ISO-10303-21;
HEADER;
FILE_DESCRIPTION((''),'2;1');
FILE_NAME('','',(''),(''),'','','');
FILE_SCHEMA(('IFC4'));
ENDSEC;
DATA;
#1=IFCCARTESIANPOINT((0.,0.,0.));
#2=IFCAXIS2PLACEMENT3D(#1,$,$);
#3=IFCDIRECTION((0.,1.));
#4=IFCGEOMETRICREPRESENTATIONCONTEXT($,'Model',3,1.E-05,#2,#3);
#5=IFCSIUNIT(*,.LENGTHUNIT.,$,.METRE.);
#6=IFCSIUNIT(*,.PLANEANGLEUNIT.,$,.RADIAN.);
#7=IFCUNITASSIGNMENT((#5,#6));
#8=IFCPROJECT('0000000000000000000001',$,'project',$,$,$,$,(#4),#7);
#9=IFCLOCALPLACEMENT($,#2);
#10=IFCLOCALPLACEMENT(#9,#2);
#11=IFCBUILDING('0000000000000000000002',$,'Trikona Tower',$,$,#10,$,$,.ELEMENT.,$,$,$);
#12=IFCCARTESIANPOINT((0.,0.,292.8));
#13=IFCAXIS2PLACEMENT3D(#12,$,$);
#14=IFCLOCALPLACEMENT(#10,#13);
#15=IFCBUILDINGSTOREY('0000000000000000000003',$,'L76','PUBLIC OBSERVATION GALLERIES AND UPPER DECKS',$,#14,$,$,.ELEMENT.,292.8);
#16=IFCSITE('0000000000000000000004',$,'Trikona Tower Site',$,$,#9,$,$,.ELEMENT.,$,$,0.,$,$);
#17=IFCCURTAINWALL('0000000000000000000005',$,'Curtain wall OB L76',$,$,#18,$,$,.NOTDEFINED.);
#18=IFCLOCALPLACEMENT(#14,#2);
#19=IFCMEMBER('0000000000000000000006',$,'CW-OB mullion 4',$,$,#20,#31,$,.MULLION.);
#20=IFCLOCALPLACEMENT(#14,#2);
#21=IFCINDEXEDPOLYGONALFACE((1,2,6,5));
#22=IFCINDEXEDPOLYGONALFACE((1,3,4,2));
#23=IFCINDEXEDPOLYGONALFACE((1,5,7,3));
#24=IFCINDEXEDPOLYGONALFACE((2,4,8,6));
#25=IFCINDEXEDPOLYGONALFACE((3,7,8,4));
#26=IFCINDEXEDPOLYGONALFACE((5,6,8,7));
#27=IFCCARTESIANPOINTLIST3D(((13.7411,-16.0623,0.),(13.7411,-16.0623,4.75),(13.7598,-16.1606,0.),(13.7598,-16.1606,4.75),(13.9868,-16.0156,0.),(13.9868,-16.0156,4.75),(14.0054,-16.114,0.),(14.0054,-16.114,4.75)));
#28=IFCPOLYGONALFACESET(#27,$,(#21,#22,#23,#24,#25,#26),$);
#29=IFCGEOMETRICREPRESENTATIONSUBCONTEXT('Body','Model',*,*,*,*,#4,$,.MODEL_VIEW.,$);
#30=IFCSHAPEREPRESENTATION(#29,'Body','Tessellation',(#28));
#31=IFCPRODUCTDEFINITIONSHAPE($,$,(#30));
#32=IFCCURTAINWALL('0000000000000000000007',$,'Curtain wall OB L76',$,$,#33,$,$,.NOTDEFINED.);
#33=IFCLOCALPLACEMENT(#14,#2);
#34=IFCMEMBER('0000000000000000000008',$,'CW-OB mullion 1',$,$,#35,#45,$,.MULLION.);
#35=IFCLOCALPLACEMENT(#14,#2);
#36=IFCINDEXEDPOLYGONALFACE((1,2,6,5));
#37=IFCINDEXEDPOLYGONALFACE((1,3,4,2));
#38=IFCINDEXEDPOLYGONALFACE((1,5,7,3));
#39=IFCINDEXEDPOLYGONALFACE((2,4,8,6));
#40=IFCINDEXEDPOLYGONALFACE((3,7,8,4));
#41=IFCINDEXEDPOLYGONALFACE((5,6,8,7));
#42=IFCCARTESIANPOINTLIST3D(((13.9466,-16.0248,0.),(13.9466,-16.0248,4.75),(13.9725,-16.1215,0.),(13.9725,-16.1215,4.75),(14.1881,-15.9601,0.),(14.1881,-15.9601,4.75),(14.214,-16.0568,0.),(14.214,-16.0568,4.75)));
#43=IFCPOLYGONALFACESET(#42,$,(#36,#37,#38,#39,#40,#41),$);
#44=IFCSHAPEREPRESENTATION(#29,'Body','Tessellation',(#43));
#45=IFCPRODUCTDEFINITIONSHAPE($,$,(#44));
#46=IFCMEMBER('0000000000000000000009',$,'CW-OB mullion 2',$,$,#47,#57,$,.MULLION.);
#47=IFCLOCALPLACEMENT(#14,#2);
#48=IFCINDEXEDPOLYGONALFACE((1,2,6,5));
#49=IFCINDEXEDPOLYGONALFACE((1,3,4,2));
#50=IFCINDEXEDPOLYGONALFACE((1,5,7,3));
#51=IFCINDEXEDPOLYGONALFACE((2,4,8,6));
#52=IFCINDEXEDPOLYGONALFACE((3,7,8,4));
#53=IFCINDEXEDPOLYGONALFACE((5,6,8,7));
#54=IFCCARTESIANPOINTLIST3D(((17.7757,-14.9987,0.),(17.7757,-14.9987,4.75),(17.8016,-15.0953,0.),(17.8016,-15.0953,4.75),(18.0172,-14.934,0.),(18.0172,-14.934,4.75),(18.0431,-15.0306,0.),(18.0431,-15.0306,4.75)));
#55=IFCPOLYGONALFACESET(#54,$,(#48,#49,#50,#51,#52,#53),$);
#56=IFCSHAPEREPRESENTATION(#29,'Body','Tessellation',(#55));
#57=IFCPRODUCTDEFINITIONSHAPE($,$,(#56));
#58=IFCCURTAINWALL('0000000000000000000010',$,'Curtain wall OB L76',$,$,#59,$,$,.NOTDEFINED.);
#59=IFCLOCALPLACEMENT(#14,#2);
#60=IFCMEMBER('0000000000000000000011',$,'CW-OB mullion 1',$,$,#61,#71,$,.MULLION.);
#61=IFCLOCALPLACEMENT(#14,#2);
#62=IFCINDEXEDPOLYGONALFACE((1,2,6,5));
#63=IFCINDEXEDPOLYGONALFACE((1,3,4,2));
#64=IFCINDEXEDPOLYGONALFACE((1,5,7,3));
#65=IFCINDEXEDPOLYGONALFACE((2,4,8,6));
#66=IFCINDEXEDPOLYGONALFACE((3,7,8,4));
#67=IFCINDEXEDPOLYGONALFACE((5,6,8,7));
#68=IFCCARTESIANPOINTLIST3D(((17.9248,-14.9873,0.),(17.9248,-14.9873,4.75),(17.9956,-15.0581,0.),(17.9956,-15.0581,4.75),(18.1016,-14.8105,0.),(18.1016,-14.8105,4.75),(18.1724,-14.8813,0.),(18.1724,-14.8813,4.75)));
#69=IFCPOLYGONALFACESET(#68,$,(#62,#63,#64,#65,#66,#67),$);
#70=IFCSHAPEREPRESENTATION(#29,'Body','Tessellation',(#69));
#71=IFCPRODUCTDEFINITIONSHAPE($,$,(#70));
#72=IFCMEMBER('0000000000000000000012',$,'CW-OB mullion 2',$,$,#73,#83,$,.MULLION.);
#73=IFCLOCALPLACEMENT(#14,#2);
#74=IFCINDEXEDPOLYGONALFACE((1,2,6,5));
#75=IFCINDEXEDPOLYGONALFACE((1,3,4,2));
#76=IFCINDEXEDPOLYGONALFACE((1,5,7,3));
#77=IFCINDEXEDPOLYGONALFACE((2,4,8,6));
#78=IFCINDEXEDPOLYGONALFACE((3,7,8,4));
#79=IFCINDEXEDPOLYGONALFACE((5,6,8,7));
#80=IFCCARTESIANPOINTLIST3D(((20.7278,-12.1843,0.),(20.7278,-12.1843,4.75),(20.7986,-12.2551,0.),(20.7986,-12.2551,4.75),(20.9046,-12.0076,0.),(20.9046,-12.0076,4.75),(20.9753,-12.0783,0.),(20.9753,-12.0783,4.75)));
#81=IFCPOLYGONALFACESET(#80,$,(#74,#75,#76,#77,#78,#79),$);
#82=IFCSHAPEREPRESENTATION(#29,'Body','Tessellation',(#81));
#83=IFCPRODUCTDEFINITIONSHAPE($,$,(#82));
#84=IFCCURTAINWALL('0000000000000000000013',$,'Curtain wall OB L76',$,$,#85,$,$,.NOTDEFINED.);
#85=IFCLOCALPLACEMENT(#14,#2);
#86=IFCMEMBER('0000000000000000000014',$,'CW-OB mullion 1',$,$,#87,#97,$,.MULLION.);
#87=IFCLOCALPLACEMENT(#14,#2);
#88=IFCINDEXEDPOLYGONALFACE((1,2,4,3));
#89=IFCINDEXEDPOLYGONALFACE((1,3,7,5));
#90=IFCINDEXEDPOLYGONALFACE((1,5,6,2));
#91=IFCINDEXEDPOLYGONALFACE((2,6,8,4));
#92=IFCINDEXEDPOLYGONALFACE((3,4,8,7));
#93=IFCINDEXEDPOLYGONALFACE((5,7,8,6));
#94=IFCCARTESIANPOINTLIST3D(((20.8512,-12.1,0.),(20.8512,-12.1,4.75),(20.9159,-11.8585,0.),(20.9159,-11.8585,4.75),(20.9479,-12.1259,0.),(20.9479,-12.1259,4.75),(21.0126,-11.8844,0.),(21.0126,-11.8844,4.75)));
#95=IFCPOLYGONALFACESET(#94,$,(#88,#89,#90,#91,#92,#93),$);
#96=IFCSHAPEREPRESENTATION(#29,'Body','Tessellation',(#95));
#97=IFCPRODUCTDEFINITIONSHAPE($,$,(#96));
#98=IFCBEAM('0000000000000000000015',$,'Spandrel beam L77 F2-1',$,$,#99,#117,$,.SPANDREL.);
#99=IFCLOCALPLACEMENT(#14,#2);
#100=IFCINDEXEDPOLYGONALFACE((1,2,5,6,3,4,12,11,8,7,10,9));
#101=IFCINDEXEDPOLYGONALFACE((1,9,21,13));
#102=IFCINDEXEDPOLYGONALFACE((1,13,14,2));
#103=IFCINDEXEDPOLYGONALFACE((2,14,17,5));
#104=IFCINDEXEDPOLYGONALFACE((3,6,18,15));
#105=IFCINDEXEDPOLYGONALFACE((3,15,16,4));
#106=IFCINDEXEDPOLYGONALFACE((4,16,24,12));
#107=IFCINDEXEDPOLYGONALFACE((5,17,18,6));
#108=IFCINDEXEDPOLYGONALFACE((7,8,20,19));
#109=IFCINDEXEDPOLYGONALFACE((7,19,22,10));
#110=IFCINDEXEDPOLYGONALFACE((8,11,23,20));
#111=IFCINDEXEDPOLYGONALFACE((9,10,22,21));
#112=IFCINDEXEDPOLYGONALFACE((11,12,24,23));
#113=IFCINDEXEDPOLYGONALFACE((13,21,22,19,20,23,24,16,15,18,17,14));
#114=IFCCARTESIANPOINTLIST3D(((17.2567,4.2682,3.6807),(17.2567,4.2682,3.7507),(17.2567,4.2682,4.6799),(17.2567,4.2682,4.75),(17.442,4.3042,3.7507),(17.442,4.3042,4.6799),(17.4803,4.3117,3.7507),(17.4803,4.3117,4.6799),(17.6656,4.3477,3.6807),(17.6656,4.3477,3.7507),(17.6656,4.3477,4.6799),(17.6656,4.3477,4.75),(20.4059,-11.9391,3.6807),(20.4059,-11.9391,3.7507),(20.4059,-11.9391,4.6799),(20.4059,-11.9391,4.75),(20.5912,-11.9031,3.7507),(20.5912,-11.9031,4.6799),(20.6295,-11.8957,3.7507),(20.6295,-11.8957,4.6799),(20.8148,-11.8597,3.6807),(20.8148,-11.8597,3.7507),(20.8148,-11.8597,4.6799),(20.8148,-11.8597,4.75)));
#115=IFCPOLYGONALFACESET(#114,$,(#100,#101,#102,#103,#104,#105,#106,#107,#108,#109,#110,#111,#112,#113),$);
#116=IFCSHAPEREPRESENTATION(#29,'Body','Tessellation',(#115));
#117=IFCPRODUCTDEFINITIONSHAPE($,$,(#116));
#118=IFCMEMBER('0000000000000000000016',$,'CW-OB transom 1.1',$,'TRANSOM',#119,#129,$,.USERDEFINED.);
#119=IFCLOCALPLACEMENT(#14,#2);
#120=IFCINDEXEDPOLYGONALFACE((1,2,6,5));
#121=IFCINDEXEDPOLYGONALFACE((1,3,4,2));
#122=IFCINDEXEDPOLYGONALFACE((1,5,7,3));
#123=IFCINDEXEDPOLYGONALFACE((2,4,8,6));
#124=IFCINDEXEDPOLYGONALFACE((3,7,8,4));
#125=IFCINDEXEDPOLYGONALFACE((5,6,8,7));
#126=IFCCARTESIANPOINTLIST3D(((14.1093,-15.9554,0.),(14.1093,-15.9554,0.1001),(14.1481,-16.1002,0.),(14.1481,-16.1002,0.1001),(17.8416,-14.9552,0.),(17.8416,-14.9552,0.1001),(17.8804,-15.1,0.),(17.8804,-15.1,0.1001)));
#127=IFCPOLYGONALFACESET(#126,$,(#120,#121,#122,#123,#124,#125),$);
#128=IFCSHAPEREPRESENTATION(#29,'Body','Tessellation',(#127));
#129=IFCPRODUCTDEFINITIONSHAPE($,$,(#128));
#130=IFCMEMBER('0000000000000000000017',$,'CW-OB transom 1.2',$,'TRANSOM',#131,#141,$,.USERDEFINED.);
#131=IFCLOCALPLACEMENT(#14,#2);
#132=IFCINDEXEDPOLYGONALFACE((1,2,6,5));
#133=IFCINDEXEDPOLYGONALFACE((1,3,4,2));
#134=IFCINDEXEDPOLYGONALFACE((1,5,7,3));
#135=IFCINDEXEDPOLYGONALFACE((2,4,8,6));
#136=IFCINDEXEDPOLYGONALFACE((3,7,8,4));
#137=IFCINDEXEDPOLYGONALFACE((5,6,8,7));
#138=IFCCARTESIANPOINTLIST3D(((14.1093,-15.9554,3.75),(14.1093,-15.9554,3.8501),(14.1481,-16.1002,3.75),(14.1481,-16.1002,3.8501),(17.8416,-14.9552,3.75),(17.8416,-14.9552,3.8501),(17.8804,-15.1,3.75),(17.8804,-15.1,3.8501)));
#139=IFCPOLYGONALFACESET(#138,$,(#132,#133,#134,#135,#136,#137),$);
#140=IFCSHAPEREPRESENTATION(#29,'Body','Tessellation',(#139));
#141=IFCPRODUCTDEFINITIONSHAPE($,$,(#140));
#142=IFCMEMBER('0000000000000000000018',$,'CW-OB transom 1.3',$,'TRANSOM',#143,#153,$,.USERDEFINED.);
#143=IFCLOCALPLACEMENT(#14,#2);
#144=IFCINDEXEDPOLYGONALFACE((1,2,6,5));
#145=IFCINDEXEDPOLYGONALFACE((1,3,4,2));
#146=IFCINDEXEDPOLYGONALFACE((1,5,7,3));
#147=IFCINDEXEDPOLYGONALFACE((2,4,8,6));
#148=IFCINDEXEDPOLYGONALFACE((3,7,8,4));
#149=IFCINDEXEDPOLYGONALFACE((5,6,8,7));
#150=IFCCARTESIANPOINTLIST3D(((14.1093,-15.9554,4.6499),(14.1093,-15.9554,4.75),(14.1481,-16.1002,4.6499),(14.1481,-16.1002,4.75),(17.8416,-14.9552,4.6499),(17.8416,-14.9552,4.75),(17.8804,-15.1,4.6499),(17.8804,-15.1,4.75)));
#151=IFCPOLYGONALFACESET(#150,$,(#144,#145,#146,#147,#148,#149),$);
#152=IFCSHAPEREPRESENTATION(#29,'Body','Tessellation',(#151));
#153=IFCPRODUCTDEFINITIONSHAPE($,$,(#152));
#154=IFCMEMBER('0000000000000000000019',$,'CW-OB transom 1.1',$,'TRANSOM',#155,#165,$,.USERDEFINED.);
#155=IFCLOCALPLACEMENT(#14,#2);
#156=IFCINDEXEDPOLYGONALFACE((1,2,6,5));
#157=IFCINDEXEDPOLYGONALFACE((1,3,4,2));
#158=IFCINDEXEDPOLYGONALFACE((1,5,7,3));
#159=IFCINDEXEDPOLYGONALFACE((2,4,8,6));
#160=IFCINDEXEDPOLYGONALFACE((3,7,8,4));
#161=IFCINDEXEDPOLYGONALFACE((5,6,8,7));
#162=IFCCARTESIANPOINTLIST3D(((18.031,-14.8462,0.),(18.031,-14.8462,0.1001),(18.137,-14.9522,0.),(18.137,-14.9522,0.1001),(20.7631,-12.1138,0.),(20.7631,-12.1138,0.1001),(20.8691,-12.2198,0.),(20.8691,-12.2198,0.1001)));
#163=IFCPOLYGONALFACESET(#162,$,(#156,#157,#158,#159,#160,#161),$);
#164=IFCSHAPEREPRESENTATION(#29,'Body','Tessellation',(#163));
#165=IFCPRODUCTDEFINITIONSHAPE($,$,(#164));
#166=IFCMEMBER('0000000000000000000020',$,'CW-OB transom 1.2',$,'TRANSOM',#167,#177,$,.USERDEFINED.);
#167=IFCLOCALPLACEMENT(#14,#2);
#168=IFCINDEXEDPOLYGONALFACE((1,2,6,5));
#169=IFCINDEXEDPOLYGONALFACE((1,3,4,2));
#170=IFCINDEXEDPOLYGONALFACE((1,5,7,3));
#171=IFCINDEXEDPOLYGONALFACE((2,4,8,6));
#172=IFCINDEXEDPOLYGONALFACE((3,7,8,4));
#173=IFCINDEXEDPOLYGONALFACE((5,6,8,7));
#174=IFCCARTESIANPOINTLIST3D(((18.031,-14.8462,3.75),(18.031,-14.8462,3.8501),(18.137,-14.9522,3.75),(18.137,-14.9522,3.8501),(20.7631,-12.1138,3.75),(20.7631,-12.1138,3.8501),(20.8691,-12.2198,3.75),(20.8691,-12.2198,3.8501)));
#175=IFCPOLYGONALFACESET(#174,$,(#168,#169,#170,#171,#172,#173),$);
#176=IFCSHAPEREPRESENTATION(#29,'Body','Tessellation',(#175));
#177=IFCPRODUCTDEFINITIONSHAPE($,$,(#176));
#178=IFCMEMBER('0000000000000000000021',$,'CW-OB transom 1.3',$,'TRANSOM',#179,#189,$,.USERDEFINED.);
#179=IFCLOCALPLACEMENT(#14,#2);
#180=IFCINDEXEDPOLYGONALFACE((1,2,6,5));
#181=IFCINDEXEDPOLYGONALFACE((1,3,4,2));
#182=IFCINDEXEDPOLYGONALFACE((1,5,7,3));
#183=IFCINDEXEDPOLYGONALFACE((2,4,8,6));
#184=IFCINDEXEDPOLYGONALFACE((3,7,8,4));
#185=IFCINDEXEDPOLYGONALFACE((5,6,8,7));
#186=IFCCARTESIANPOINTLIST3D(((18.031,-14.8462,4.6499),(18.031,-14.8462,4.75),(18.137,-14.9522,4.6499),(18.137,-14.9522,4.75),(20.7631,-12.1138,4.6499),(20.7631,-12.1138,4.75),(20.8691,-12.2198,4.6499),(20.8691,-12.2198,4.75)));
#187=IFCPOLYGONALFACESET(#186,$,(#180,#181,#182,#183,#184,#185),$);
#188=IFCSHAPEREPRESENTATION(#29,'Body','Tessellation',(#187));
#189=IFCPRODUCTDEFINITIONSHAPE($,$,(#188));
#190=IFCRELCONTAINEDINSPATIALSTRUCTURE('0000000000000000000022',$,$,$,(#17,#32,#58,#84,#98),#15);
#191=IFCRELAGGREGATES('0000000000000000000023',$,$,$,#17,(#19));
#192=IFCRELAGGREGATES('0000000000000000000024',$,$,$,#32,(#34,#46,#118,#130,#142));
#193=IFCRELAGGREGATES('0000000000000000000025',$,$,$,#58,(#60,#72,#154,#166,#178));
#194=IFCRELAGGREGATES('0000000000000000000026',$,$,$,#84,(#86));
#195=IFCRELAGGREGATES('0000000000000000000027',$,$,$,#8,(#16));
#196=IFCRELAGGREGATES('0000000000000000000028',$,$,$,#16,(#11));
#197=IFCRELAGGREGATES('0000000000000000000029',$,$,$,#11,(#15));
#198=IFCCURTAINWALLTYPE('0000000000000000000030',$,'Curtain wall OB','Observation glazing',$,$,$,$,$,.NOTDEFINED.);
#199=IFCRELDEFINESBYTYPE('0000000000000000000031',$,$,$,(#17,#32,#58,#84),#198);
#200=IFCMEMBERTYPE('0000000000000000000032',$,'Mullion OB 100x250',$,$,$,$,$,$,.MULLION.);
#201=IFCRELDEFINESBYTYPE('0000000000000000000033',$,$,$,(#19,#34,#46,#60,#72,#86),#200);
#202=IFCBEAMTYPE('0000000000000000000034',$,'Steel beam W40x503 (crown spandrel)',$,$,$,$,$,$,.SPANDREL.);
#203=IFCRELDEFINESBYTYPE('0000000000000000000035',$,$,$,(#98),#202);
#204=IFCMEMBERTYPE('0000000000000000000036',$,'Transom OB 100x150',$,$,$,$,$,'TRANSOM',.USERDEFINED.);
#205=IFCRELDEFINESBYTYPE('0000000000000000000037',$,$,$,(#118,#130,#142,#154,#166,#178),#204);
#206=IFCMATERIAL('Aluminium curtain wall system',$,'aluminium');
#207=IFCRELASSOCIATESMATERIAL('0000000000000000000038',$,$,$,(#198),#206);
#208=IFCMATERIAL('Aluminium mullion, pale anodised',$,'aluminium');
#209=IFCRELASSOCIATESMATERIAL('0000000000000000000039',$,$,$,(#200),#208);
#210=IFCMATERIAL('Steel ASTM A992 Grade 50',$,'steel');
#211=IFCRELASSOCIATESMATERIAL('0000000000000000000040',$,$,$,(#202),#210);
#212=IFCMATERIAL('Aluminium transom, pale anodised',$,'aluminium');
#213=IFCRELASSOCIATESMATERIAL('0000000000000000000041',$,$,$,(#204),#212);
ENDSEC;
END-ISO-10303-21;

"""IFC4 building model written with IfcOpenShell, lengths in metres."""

from ifc_helpers import new_model, si_unit, direction, frame, origin, origin_2d, place, context, subcontext, project, spatial, rectangle, i_section, extrude, material, material_profile, profile_set, type_object, element, aggregate, save


model = new_model("IFC4")

# Units and contexts
model_context = context("Model", 3, precision=1e-05, world=origin(), true_north=direction((0.0, 1.0)))
body_context = subcontext(model_context, "Body", "Model", "MODEL_VIEW")
ifc_project = project(units=[si_unit("LENGTHUNIT", "METRE"), si_unit("PLANEANGLEUNIT", "RADIAN")], contexts=[model_context])

# Site, building, storey
site_placement = place(None, origin())
site = spatial("IfcSite", under=ifc_project, at=site_placement, Name="Trikona Tower Site", CompositionType="ELEMENT", RefElevation=0.0)
building_placement = place(site_placement, origin())
building = spatial("IfcBuilding", under=site, at=building_placement, Name="Trikona Tower", CompositionType="ELEMENT")
storey_placement = place(building_placement, frame((0.0, 0.0, 292.8)))
storey = spatial("IfcBuildingStorey", under=building, at=storey_placement, Name="L76", Description="PUBLIC OBSERVATION GALLERIES AND UPPER DECKS", CompositionType="ELEMENT", Elevation=292.8)

# Curtain wall, member
ifc_material_1 = material(Name="Aluminium curtain wall system", Category="aluminium")
curtain_wall_type = type_object("IfcCurtainWallType", Name="Curtain wall OB", Description="Observation glazing", PredefinedType="NOTDEFINED", material=ifc_material_1)
curtain_wall_1_placement = place(storey_placement, origin())
curtain_wall_1 = element("IfcCurtainWall", 1, at=curtain_wall_1_placement, inside=storey, type_object=curtain_wall_type, Name="Curtain wall OB L76", PredefinedType="NOTDEFINED")
ifc_material_2 = material(Name="Aluminium mullion, pale anodised", Category="aluminium")
ifc_material_profile_1 = material_profile(ifc_material_2, rectangle(XDim=0.1001, YDim=0.25, at=origin_2d()), Name="MUL-OB")
ifc_profile_set_1 = profile_set([ifc_material_profile_1], Name="Aluminium mullion, pale anodised")
member_type_1 = type_object("IfcMemberType", Name="Mullion OB 100x250", PredefinedType="MULLION", material=ifc_profile_set_1)
member_1_placement = place(storey_placement, frame((13.8733, -16.0881, 0.0), z_axis=(0.0, 0.0, 1.0), x_axis=(-0.186661, 0.982424, 0.0)))
member_1 = element("IfcMember", 2, at=member_1_placement, type_object=member_type_1, Name="CW-OB mullion 4", PredefinedType="MULLION", context=body_context, shape_type="SweptSolid", body=[
    extrude(rectangle(XDim=0.1001, YDim=0.25, at=origin_2d()), origin(), (0.0, 0.0, 1.0), 4.75),
])
aggregate(curtain_wall_1, [member_1])

# Curtain walls, members
curtain_wall_2_placement = place(storey_placement, origin())
curtain_wall_2 = element("IfcCurtainWall", 3, at=curtain_wall_2_placement, inside=storey, type_object=curtain_wall_type, Name="Curtain wall OB L76", PredefinedType="NOTDEFINED")
member_2_placement = place(storey_placement, frame((14.0803, -16.0408, 0.0), z_axis=(0.0, 0.0, 1.0), x_axis=(-0.258828, 0.965923, 0.0)))
member_2 = element("IfcMember", 4, at=member_2_placement, type_object=member_type_1, Name="CW-OB mullion 1", PredefinedType="MULLION", context=body_context, shape_type="SweptSolid", body=[
    extrude(rectangle(XDim=0.1001, YDim=0.25, at=origin_2d()), origin(), (0.0, 0.0, 1.0), 4.75),
])
member_3_placement = place(storey_placement, frame((17.9094, -15.0146, 0.0), z_axis=(0.0, 0.0, 1.0), x_axis=(-0.258828, 0.965923, 0.0)))
member_3 = element("IfcMember", 5, at=member_3_placement, type_object=member_type_1, Name="CW-OB mullion 2", PredefinedType="MULLION", context=body_context, shape_type="SweptSolid", body=[
    extrude(rectangle(XDim=0.1001, YDim=0.25, at=origin_2d()), origin(), (0.0, 0.0, 1.0), 4.75),
])
curtain_wall_3_placement = place(storey_placement, origin())
curtain_wall_3 = element("IfcCurtainWall", 6, at=curtain_wall_3_placement, inside=storey, type_object=curtain_wall_type, Name="Curtain wall OB L76", PredefinedType="NOTDEFINED")
member_4_placement = place(storey_placement, frame((18.0486, -14.9343, 0.0), z_axis=(0.0, 0.0, 1.0), x_axis=(-0.707107, 0.707107, 0.0)))
member_4 = element("IfcMember", 7, at=member_4_placement, type_object=member_type_1, Name="CW-OB mullion 1", PredefinedType="MULLION", context=body_context, shape_type="SweptSolid", body=[
    extrude(rectangle(XDim=0.1001, YDim=0.25, at=origin_2d()), origin(), (0.0, 0.0, 1.0), 4.75),
])
member_5_placement = place(storey_placement, frame((20.8516, -12.1313, 0.0), z_axis=(0.0, 0.0, 1.0), x_axis=(-0.707107, 0.707107, 0.0)))
member_5 = element("IfcMember", 8, at=member_5_placement, type_object=member_type_1, Name="CW-OB mullion 2", PredefinedType="MULLION", context=body_context, shape_type="SweptSolid", body=[
    extrude(rectangle(XDim=0.1001, YDim=0.25, at=origin_2d()), origin(), (0.0, 0.0, 1.0), 4.75),
])

# Curtain wall, member
curtain_wall_4_placement = place(storey_placement, origin())
curtain_wall_4 = element("IfcCurtainWall", 9, at=curtain_wall_4_placement, inside=storey, type_object=curtain_wall_type, Name="Curtain wall OB L76", PredefinedType="NOTDEFINED")
member_6_placement = place(storey_placement, frame((20.9319, -11.9922, 0.0), z_axis=(0.0, 0.0, 1.0), x_axis=(-0.965923, 0.258828, 0.0)))
member_6 = element("IfcMember", 10, at=member_6_placement, type_object=member_type_1, Name="CW-OB mullion 1", PredefinedType="MULLION", context=body_context, shape_type="SweptSolid", body=[
    extrude(rectangle(XDim=0.1001, YDim=0.25, at=origin_2d()), origin(), (0.0, 0.0, 1.0), 4.75),
])

# Beam
ifc_material_3 = material(Name="Steel ASTM A992 Grade 50", Category="steel")
ifc_material_profile_2 = material_profile(ifc_material_3, i_section(OverallWidth=0.4165, OverallDepth=1.0693, WebThickness=0.0391, FlangeThickness=0.0701, at=origin_2d()), Name="W40X503")
ifc_profile_set_2 = profile_set([ifc_material_profile_2], Name="Steel ASTM A992 Grade 50")
beam_type = type_object("IfcBeamType", Name="Steel beam W40x503 (crown spandrel)", PredefinedType="SPANDREL", material=ifc_profile_set_2)
beam_placement = place(storey_placement, frame((20.6104, -11.8994, 4.2153), z_axis=(-0.190739, 0.981641, 0.0), x_axis=(-0.981641, -0.190739, 0.0)))
element("IfcBeam", 11, at=beam_placement, inside=storey, type_object=beam_type, Name="Spandrel beam L77 F2-1", PredefinedType="SPANDREL", context=body_context, shape_type="SweptSolid", body=[
    extrude(i_section(OverallWidth=0.4165, OverallDepth=1.0693, WebThickness=0.0391, FlangeThickness=0.0701, at=origin_2d()), origin(), (0.0, 0.0, 1.0), 16.5105),
])

# Members
ifc_material_4 = material(Name="Aluminium transom, pale anodised", Category="aluminium")
ifc_material_profile_3 = material_profile(ifc_material_4, rectangle(XDim=0.1499, YDim=0.1001, at=origin_2d()), Name="TRN-OB")
ifc_profile_set_3 = profile_set([ifc_material_profile_3], Name="Aluminium transom, pale anodised")
member_type_2 = type_object("IfcMemberType", Name="Transom OB 100x150", ElementType="TRANSOM", PredefinedType="USERDEFINED", material=ifc_profile_set_3)
member_7_placement = place(storey_placement, frame((14.1287, -16.0278, 0.05), z_axis=(0.965916, 0.258854, 0.0), x_axis=(-0.258854, 0.965916, 0.0)))
member_7 = element("IfcMember", 12, at=member_7_placement, type_object=member_type_2, Name="CW-OB transom 1.1", ObjectType="TRANSOM", PredefinedType="USERDEFINED", context=body_context, shape_type="SweptSolid", body=[
    extrude(rectangle(XDim=0.1499, YDim=0.1001, at=origin_2d()), origin(), (0.0, 0.0, 1.0), 3.864),
])
member_8_placement = place(storey_placement, frame((14.1287, -16.0278, 3.8), z_axis=(0.965916, 0.258854, 0.0), x_axis=(-0.258854, 0.965916, 0.0)))
member_8 = element("IfcMember", 13, at=member_8_placement, type_object=member_type_2, Name="CW-OB transom 1.2", ObjectType="TRANSOM", PredefinedType="USERDEFINED", context=body_context, shape_type="SweptSolid", body=[
    extrude(rectangle(XDim=0.1499, YDim=0.1001, at=origin_2d()), origin(), (0.0, 0.0, 1.0), 3.864),
])
member_9_placement = place(storey_placement, frame((14.1287, -16.0278, 4.7), z_axis=(0.965916, 0.258854, 0.0), x_axis=(-0.258854, 0.965916, 0.0)))
member_9 = element("IfcMember", 14, at=member_9_placement, type_object=member_type_2, Name="CW-OB transom 1.3", ObjectType="TRANSOM", PredefinedType="USERDEFINED", context=body_context, shape_type="SweptSolid", body=[
    extrude(rectangle(XDim=0.1499, YDim=0.1001, at=origin_2d()), origin(), (0.0, 0.0, 1.0), 3.864),
])
member_10_placement = place(storey_placement, frame((18.084, -14.8992, 0.05), z_axis=(0.707075, 0.707138, 0.0), x_axis=(-0.707138, 0.707075, 0.0)))
member_10 = element("IfcMember", 15, at=member_10_placement, type_object=member_type_2, Name="CW-OB transom 1.1", ObjectType="TRANSOM", PredefinedType="USERDEFINED", context=body_context, shape_type="SweptSolid", body=[
    extrude(rectangle(XDim=0.1499, YDim=0.1001, at=origin_2d()), origin(), (0.0, 0.0, 1.0), 3.864),
])
member_11_placement = place(storey_placement, frame((18.084, -14.8992, 3.8), z_axis=(0.707075, 0.707138, 0.0), x_axis=(-0.707138, 0.707075, 0.0)))
member_11 = element("IfcMember", 16, at=member_11_placement, type_object=member_type_2, Name="CW-OB transom 1.2", ObjectType="TRANSOM", PredefinedType="USERDEFINED", context=body_context, shape_type="SweptSolid", body=[
    extrude(rectangle(XDim=0.1499, YDim=0.1001, at=origin_2d()), origin(), (0.0, 0.0, 1.0), 3.864),
])
member_12_placement = place(storey_placement, frame((18.084, -14.8992, 4.7), z_axis=(0.707075, 0.707138, 0.0), x_axis=(-0.707138, 0.707075, 0.0)))
member_12 = element("IfcMember", 17, at=member_12_placement, type_object=member_type_2, Name="CW-OB transom 1.3", ObjectType="TRANSOM", PredefinedType="USERDEFINED", context=body_context, shape_type="SweptSolid", body=[
    extrude(rectangle(XDim=0.1499, YDim=0.1001, at=origin_2d()), origin(), (0.0, 0.0, 1.0), 3.864),
])

aggregate(curtain_wall_2, [member_2, member_3, member_7, member_8, member_9])
aggregate(curtain_wall_3, [member_4, member_5, member_10, member_11, member_12])
aggregate(curtain_wall_4, [member_6])

save(model, "model.ifc")
